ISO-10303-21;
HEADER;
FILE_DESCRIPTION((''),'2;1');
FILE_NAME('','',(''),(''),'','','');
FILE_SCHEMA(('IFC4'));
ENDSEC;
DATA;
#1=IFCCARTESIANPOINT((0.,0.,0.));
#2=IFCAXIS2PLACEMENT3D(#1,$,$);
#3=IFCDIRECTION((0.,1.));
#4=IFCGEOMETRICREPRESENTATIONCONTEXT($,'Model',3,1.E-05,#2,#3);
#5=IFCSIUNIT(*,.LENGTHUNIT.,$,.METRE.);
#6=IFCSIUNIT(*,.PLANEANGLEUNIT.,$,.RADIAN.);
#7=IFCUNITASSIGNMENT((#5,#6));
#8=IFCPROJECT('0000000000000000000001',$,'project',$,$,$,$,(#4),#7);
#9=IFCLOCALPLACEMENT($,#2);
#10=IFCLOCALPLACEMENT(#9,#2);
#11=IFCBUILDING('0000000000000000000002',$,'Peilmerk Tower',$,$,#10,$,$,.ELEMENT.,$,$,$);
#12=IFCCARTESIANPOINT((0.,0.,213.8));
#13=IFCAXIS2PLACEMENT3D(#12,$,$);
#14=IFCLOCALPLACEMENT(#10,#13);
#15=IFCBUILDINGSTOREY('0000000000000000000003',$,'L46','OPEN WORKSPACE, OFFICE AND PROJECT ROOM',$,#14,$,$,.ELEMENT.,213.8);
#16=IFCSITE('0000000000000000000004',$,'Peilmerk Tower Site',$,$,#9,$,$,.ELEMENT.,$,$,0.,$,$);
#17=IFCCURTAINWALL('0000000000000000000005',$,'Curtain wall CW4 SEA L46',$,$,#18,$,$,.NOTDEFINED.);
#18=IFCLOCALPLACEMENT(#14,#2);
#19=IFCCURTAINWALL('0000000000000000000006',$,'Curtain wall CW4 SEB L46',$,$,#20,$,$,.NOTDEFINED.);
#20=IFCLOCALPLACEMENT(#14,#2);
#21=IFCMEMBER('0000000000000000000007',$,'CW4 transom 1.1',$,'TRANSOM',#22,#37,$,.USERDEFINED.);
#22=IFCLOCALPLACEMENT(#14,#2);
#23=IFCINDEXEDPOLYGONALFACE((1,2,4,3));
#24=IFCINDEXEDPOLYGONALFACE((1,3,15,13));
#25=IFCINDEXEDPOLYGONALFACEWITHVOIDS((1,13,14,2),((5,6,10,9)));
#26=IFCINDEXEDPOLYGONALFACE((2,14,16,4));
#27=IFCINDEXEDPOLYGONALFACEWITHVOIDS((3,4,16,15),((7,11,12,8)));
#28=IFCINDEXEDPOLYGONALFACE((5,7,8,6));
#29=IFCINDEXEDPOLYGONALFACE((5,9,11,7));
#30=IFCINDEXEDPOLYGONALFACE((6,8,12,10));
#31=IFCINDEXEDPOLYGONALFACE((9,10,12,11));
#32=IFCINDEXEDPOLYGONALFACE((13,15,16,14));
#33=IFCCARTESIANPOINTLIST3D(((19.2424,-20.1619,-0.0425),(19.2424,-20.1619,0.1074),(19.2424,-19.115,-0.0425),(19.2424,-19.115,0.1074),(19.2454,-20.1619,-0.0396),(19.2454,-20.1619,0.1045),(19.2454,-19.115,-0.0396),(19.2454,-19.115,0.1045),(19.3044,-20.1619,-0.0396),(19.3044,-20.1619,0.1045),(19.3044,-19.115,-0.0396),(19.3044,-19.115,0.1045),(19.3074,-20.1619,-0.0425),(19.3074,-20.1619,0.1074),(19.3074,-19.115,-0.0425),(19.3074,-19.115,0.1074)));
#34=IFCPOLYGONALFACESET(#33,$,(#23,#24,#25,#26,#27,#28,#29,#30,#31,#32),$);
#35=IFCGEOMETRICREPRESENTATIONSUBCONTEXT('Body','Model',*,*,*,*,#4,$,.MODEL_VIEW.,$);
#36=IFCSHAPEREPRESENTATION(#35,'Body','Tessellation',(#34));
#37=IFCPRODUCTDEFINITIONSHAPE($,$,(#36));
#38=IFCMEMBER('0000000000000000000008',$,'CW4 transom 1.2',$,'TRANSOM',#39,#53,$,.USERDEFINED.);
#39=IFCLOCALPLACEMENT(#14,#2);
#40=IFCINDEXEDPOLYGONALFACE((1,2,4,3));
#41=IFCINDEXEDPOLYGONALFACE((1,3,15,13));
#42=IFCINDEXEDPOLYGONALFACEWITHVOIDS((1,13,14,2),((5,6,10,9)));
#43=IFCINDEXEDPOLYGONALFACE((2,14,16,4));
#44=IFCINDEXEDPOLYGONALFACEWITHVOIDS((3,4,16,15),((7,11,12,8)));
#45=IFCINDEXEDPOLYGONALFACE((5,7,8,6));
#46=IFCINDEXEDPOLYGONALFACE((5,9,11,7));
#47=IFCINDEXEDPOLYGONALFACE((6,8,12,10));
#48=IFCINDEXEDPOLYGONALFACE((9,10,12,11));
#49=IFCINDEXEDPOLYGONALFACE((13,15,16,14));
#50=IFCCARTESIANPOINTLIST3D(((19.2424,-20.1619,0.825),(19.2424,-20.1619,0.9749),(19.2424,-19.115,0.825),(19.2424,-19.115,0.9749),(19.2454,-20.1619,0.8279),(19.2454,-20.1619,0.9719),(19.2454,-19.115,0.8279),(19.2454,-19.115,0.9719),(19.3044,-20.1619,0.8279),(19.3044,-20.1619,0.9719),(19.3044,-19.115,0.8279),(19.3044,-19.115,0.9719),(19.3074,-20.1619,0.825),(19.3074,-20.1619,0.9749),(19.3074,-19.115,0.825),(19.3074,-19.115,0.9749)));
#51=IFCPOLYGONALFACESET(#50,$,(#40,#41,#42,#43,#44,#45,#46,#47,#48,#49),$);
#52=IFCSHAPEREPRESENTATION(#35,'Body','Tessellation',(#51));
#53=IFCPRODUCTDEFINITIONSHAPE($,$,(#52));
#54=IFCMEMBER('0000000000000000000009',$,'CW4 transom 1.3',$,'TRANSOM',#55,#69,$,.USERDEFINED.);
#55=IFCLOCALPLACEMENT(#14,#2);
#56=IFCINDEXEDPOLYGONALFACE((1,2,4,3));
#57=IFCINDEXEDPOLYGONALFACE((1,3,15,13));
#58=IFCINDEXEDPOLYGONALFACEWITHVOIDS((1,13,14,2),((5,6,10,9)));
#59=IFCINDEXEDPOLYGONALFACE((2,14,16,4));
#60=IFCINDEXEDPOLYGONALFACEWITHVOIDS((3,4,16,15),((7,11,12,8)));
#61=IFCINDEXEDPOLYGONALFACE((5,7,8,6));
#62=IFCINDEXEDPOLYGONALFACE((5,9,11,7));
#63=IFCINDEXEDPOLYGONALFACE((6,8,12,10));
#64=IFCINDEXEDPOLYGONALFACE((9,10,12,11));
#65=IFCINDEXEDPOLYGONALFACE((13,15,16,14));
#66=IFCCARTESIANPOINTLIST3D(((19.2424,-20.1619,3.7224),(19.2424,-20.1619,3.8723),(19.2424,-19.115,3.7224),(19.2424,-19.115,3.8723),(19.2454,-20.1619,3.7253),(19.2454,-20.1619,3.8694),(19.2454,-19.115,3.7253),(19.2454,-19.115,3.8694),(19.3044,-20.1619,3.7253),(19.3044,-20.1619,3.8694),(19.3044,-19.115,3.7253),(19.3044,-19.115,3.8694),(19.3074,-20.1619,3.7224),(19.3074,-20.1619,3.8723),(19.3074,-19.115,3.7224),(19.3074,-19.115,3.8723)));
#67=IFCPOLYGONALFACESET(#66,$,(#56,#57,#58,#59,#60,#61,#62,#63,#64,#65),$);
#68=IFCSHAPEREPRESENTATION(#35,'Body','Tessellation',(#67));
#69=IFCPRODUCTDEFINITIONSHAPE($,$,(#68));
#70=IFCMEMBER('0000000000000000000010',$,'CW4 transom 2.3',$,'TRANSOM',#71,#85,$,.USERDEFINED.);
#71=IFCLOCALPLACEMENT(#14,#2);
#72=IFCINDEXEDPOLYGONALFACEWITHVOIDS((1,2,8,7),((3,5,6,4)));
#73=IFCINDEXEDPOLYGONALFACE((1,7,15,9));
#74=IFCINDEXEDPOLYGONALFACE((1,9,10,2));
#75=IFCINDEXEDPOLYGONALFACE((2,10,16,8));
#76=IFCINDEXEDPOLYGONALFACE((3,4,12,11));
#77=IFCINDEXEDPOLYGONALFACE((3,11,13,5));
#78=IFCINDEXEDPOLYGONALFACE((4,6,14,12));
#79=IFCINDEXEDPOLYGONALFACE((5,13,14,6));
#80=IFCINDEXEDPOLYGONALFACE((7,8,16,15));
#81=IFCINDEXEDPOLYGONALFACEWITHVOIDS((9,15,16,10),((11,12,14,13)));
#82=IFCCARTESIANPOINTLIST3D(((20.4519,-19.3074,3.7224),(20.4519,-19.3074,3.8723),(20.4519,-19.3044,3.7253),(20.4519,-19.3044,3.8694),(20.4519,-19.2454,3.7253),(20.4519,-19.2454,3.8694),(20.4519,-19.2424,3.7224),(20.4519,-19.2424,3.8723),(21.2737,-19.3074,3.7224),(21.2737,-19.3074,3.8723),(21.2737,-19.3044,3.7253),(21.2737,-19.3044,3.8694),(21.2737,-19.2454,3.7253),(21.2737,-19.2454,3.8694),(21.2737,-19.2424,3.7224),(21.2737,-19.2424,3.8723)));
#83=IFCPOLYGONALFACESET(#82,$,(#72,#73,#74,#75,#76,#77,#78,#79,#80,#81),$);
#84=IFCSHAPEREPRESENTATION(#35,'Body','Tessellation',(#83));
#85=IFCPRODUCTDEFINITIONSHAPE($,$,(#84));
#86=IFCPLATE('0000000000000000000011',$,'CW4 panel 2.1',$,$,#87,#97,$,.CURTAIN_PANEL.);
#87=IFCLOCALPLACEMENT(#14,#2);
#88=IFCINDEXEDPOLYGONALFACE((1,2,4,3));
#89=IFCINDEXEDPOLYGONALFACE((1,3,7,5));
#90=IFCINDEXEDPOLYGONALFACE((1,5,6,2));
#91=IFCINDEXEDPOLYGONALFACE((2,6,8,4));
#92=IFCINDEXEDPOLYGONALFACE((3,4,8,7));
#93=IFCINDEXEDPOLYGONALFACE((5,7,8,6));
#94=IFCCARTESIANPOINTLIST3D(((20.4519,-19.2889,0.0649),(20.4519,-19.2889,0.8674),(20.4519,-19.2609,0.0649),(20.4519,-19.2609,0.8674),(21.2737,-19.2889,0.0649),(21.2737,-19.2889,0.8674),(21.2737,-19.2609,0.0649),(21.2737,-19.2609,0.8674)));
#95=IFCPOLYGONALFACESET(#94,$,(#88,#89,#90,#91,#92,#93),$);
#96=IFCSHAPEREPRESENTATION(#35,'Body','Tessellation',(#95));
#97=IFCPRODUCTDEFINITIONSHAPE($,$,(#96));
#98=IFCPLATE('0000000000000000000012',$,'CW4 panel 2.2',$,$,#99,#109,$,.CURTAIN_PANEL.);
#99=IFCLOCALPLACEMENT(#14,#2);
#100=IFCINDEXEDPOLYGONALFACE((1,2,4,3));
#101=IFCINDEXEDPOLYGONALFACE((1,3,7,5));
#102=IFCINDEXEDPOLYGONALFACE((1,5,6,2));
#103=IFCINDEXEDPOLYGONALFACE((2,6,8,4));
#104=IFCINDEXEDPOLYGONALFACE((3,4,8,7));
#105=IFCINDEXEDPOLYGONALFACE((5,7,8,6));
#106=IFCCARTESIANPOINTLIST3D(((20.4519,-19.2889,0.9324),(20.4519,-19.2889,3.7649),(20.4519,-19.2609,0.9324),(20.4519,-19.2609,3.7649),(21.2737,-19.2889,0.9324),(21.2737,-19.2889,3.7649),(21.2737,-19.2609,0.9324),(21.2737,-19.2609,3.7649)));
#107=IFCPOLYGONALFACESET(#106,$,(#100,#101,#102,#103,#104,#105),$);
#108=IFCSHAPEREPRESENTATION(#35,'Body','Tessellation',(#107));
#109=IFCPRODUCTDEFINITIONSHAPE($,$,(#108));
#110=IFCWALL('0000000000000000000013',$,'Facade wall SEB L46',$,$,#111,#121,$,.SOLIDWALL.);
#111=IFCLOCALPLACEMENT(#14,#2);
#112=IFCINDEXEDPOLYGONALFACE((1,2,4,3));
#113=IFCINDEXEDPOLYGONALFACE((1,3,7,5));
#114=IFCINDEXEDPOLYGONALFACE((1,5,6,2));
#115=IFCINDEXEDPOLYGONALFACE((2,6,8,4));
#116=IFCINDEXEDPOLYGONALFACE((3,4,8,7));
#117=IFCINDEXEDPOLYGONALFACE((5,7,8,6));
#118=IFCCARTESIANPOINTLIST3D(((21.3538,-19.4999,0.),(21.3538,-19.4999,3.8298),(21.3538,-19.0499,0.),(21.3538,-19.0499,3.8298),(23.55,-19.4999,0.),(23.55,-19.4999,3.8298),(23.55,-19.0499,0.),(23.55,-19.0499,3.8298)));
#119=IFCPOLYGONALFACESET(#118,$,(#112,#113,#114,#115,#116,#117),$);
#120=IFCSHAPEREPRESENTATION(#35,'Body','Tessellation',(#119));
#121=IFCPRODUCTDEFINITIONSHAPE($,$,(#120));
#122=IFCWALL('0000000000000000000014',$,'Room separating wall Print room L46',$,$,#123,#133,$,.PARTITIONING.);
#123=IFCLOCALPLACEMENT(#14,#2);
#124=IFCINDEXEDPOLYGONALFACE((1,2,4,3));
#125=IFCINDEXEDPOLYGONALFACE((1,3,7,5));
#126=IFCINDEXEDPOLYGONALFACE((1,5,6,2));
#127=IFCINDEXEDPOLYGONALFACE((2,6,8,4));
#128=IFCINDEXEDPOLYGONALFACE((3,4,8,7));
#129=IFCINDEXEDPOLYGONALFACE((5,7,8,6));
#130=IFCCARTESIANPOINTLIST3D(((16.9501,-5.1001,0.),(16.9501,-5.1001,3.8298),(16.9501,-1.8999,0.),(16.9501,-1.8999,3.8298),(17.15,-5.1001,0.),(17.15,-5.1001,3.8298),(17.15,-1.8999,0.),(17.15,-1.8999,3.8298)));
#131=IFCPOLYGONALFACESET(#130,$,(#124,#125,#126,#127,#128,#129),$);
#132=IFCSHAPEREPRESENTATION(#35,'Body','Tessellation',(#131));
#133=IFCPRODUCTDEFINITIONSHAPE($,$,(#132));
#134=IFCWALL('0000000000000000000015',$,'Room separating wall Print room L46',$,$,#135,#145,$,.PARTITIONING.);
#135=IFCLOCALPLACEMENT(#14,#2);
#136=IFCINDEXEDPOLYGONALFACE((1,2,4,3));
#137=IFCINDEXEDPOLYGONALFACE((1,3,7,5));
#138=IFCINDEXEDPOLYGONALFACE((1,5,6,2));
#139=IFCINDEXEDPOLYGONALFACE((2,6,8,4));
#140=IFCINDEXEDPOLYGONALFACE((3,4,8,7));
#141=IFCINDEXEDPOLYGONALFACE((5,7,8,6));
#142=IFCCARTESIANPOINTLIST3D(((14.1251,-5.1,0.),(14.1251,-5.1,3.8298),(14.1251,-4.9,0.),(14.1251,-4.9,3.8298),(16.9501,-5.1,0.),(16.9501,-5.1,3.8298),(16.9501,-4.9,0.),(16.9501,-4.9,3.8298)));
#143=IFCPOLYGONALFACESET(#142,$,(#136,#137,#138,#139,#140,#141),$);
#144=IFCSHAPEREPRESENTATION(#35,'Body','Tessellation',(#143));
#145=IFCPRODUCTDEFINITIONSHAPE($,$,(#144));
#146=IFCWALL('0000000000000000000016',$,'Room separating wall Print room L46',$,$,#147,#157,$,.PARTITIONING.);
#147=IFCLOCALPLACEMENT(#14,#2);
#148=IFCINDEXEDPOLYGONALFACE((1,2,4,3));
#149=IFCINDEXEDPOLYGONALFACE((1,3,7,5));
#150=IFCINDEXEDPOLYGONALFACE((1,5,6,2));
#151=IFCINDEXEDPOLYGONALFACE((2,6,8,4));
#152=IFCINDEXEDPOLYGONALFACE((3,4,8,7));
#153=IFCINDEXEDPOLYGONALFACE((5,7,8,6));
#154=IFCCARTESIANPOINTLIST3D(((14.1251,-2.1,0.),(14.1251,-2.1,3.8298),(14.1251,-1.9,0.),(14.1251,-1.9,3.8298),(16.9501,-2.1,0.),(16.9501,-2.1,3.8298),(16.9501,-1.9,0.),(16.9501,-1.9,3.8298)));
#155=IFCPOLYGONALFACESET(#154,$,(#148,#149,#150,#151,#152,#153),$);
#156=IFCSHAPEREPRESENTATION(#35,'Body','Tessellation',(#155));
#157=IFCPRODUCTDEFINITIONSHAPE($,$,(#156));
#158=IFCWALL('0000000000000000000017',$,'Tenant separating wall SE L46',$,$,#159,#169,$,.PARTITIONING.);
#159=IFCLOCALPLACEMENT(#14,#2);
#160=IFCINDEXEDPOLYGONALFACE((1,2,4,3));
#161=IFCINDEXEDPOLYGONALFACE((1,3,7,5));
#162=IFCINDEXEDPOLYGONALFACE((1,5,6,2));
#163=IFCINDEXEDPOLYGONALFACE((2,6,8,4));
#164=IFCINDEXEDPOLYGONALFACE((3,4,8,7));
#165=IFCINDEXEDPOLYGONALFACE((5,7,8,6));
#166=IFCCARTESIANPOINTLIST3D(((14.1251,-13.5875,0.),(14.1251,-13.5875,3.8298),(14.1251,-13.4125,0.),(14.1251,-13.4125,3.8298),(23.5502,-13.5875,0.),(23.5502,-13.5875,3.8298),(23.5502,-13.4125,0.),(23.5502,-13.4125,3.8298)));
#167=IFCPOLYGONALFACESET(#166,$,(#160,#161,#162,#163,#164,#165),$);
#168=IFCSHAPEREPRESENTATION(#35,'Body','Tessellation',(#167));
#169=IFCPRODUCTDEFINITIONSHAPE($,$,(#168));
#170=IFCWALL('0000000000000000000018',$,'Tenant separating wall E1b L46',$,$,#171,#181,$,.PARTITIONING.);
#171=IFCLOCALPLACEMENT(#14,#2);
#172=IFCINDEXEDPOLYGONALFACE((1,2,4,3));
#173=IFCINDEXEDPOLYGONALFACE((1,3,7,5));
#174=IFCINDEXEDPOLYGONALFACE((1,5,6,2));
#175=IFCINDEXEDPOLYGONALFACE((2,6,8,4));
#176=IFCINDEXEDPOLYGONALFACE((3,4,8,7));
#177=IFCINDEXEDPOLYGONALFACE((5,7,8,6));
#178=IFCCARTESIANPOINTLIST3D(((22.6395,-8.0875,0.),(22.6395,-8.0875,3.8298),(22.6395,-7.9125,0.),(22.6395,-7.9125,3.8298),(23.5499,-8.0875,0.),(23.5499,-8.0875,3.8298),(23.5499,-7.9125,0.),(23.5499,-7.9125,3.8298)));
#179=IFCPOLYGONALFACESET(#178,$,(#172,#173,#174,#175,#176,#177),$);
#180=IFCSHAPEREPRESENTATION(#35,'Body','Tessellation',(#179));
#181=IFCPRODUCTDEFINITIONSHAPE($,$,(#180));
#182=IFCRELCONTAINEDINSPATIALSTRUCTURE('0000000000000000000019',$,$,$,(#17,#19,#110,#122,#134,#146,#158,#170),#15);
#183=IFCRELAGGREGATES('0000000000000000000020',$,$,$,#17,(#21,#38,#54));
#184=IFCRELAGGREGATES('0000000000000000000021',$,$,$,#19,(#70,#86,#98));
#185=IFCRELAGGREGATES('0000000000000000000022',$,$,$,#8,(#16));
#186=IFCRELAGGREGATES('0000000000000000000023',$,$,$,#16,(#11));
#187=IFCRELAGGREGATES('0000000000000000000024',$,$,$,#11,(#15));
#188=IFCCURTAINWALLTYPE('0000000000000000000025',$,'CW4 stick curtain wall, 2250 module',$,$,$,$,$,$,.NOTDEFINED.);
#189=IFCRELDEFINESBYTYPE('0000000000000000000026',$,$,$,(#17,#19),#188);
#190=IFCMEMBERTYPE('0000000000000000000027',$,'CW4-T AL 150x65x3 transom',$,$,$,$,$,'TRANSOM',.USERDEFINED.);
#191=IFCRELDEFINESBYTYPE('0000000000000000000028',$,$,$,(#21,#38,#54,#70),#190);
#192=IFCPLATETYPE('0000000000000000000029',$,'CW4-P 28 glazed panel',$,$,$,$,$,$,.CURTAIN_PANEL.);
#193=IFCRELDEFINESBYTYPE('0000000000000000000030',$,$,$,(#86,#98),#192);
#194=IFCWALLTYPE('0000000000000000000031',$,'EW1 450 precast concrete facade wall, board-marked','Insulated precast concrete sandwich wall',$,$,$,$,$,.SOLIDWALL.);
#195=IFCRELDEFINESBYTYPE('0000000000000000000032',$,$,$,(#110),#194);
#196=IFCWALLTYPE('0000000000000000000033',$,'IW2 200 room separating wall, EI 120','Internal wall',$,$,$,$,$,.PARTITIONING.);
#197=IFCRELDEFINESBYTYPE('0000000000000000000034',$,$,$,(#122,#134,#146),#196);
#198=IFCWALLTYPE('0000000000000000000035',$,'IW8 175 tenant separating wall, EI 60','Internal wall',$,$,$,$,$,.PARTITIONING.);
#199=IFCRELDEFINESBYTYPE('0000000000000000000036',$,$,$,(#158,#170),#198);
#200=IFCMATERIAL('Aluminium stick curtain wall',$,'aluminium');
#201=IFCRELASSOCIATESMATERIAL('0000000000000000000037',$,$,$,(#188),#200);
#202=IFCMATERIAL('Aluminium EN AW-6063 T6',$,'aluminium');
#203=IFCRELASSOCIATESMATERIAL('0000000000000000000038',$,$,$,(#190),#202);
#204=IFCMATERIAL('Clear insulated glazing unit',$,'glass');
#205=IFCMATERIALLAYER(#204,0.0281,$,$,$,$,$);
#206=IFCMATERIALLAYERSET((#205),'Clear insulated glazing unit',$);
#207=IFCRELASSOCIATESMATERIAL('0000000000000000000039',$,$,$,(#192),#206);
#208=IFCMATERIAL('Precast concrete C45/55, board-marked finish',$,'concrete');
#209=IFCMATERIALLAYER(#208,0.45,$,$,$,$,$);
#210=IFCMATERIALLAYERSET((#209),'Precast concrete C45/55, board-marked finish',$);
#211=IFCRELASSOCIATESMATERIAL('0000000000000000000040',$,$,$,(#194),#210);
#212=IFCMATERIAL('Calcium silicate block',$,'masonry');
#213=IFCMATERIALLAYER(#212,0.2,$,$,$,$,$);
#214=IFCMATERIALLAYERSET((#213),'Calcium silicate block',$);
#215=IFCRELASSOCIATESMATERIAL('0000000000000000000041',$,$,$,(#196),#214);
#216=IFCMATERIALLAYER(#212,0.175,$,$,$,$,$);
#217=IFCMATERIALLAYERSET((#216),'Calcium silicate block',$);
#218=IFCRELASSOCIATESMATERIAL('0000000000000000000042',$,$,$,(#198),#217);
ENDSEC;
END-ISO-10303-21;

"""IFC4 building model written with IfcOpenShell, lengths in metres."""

from ifc_helpers import new_model, si_unit, direction, frame, frame_2d, origin, origin_2d, place, context, subcontext, project, spatial, rectangle, hollow_rectangle, extrude, material, layer, layer_set, material_profile, profile_set, type_object, element, aggregate, save


model = new_model("IFC4")

# Units and contexts
model_context = context("Model", 3, precision=1e-05, world=origin(), true_north=direction((0.0, 1.0)))
body_context = subcontext(model_context, "Body", "Model", "MODEL_VIEW")
ifc_project = project(units=[si_unit("LENGTHUNIT", "METRE"), si_unit("PLANEANGLEUNIT", "RADIAN")], contexts=[model_context])

# Site, building, storey
site_placement = place(None, origin())
site = spatial("IfcSite", under=ifc_project, at=site_placement, Name="Peilmerk Tower Site", CompositionType="ELEMENT", RefElevation=0.0)
building_placement = place(site_placement, origin())
building = spatial("IfcBuilding", under=site, at=building_placement, Name="Peilmerk Tower", CompositionType="ELEMENT")
storey_placement = place(building_placement, frame((0.0, 0.0, 213.8)))
storey = spatial("IfcBuildingStorey", under=building, at=storey_placement, Name="L46", Description="OPEN WORKSPACE, OFFICE AND PROJECT ROOM", CompositionType="ELEMENT", Elevation=213.8)

# Curtain walls
ifc_material_1 = material(Name="Aluminium stick curtain wall", Category="aluminium")
curtain_wall_type = type_object("IfcCurtainWallType", Name="CW4 stick curtain wall, 2250 module", PredefinedType="NOTDEFINED", material=ifc_material_1)
curtain_wall_1_placement = place(storey_placement, origin())
curtain_wall_1 = element("IfcCurtainWall", 1, at=curtain_wall_1_placement, inside=storey, type_object=curtain_wall_type, Name="Curtain wall CW4 SEA L46", PredefinedType="NOTDEFINED")
ifc_material_2 = material(Name="Aluminium EN AW-6063 T6", Category="aluminium")
curtain_wall_2_placement = place(storey_placement, origin())
curtain_wall_2 = element("IfcCurtainWall", 2, at=curtain_wall_2_placement, inside=storey, type_object=curtain_wall_type, Name="Curtain wall CW4 SEB L46", PredefinedType="NOTDEFINED")

# Members
ifc_material_profile_1 = material_profile(ifc_material_2, hollow_rectangle(XDim=0.0649, YDim=0.1499, WallThickness=0.0029, at=origin_2d()), Name="AL 150x65x3")
ifc_profile_set_1 = profile_set([ifc_material_profile_1], Name="Aluminium EN AW-6063 T6")
member_type_1 = type_object("IfcMemberType", Name="CW4-T AL 150x65x3 transom", ElementType="TRANSOM", PredefinedType="USERDEFINED", material=ifc_profile_set_1)
member_1_placement = place(storey_placement, frame((19.2749, -19.115, 0.0325), z_axis=(0.0, -1.0, 0.0), x_axis=(1.0, 0.0, 0.0)))
member_1 = element("IfcMember", 3, at=member_1_placement, type_object=member_type_1, Name="CW4 transom 1.1", ObjectType="TRANSOM", PredefinedType="USERDEFINED", context=body_context, shape_type="SweptSolid", body=[
    extrude(hollow_rectangle(XDim=0.0649, YDim=0.1499, WallThickness=0.0029, at=origin_2d()), origin(), (0.0, 0.0, 1.0), 1.0469),
])
member_2_placement = place(storey_placement, frame((19.2749, -19.115, 0.8999), z_axis=(0.0, -1.0, 0.0), x_axis=(1.0, 0.0, 0.0)))
member_2 = element("IfcMember", 4, at=member_2_placement, type_object=member_type_1, Name="CW4 transom 1.2", ObjectType="TRANSOM", PredefinedType="USERDEFINED", context=body_context, shape_type="SweptSolid", body=[
    extrude(hollow_rectangle(XDim=0.0649, YDim=0.1499, WallThickness=0.0029, at=origin_2d()), origin(), (0.0, 0.0, 1.0), 1.0469),
])
member_3_placement = place(storey_placement, frame((19.2749, -19.115, 3.7974), z_axis=(0.0, -1.0, 0.0), x_axis=(1.0, 0.0, 0.0)))
member_3 = element("IfcMember", 5, at=member_3_placement, type_object=member_type_1, Name="CW4 transom 1.3", ObjectType="TRANSOM", PredefinedType="USERDEFINED", context=body_context, shape_type="SweptSolid", body=[
    extrude(hollow_rectangle(XDim=0.0649, YDim=0.1499, WallThickness=0.0029, at=origin_2d()), origin(), (0.0, 0.0, 1.0), 1.0469),
])
aggregate(curtain_wall_1, [member_1, member_2, member_3])
member_4_placement = place(storey_placement, frame((20.4519, -19.2749, 3.7974), z_axis=(1.0, 0.0, 0.0), x_axis=(0.0, 1.0, 0.0)))
member_4 = element("IfcMember", 6, at=member_4_placement, type_object=member_type_1, Name="CW4 transom 2.3", ObjectType="TRANSOM", PredefinedType="USERDEFINED", context=body_context, shape_type="SweptSolid", body=[
    extrude(hollow_rectangle(XDim=0.0649, YDim=0.1499, WallThickness=0.0029, at=origin_2d()), origin(), (0.0, 0.0, 1.0), 0.8218),
])

# Plates
ifc_material_3 = material(Name="Clear insulated glazing unit", Category="glass")
ifc_layer_1 = layer(ifc_material_3, 0.0281)
ifc_layer_set_1 = layer_set([ifc_layer_1], Name="Clear insulated glazing unit")
plate_type = type_object("IfcPlateType", Name="CW4-P 28 glazed panel", PredefinedType="CURTAIN_PANEL", material=ifc_layer_set_1)
plate_1_placement = place(storey_placement, frame((20.8628, -19.2749, 0.0649), z_axis=(0.0, 0.0, 1.0), x_axis=(1.0, 0.0, 0.0)))
plate_1 = element("IfcPlate", 7, at=plate_1_placement, type_object=plate_type, Name="CW4 panel 2.1", PredefinedType="CURTAIN_PANEL", context=body_context, shape_type="SweptSolid", body=[
    extrude(rectangle(XDim=0.8218, YDim=0.0281, at=origin_2d()), origin(), (0.0, 0.0, 1.0), 0.8025),
])
plate_2_placement = place(storey_placement, frame((20.8628, -19.2749, 0.9324), z_axis=(0.0, 0.0, 1.0), x_axis=(1.0, 0.0, 0.0)))
plate_2 = element("IfcPlate", 8, at=plate_2_placement, type_object=plate_type, Name="CW4 panel 2.2", PredefinedType="CURTAIN_PANEL", context=body_context, shape_type="SweptSolid", body=[
    extrude(rectangle(XDim=0.8218, YDim=0.0281, at=origin_2d()), origin(), (0.0, 0.0, 1.0), 2.8325),
])
aggregate(curtain_wall_2, [member_4, plate_1, plate_2])

# Walls
ifc_material_4 = material(Name="Precast concrete C45/55, board-marked finish", Category="concrete")
ifc_layer_2 = layer(ifc_material_4, 0.45)
ifc_layer_set_2 = layer_set([ifc_layer_2], Name="Precast concrete C45/55, board-marked finish")
wall_type_1 = type_object("IfcWallType", Name="EW1 450 precast concrete facade wall, board-marked", Description="Insulated precast concrete sandwich wall", PredefinedType="SOLIDWALL", material=ifc_layer_set_2)
wall_1_placement = place(storey_placement, frame((21.3538, -19.2749, 0.0), z_axis=(0.0, 0.0, 1.0), x_axis=(1.0, 0.0, 0.0)))
element("IfcWall", 9, at=wall_1_placement, inside=storey, type_object=wall_type_1, Name="Facade wall SEB L46", PredefinedType="SOLIDWALL", context=body_context, shape_type="SweptSolid", body=[
    extrude(rectangle(XDim=2.1963, YDim=0.45, at=frame_2d((1.0981, 0.0))), origin(), (0.0, 0.0, 1.0), 3.8298),
])
ifc_material_5 = material(Name="Calcium silicate block", Category="masonry")
ifc_layer_3 = layer(ifc_material_5, 0.2)
ifc_layer_set_3 = layer_set([ifc_layer_3], Name="Calcium silicate block")
wall_type_2 = type_object("IfcWallType", Name="IW2 200 room separating wall, EI 120", Description="Internal wall", PredefinedType="PARTITIONING", material=ifc_layer_set_3)
wall_2_placement = place(storey_placement, frame((17.05, -5.1001, 0.0), z_axis=(0.0, 0.0, 1.0), x_axis=(0.0, 1.0, 0.0)))
element("IfcWall", 10, at=wall_2_placement, inside=storey, type_object=wall_type_2, Name="Room separating wall Print room L46", PredefinedType="PARTITIONING", context=body_context, shape_type="SweptSolid", body=[
    extrude(rectangle(XDim=3.2002, YDim=0.2, at=frame_2d((1.6001, 0.0))), origin(), (0.0, 0.0, 1.0), 3.8298),
])
for number, where, z_axis, x_axis, name in (
    (11, (14.125, -5.0, 0.0), (0.0, 0.0, 1.0), (1.0, 0.0, 0.0), "Room separating wall Print room L46"),
    (12, (14.125, -2.0, 0.0), (0.0, 0.0, 1.0), (1.0, 0.0, 0.0), "Room separating wall Print room L46"),
):
    element("IfcWall", number, at=place(storey_placement, frame(where, z_axis=z_axis, x_axis=x_axis)), inside=storey, type_object=wall_type_2, Name=name, PredefinedType="PARTITIONING", context=body_context, shape_type="SweptSolid", body=[
        extrude(rectangle(XDim=2.825, YDim=0.2, at=frame_2d((1.4126, 0.0))), origin(), (0.0, 0.0, 1.0), 3.8298),
    ])
ifc_layer_4 = layer(ifc_material_5, 0.175)
ifc_layer_set_4 = layer_set([ifc_layer_4], Name="Calcium silicate block")
wall_type_3 = type_object("IfcWallType", Name="IW8 175 tenant separating wall, EI 60", Description="Internal wall", PredefinedType="PARTITIONING", material=ifc_layer_set_4)
wall_3_placement = place(storey_placement, frame((23.55, -13.5, 0.0), z_axis=(0.0, 0.0, 1.0), x_axis=(-1.0, 0.0, 0.0)))
element("IfcWall", 13, at=wall_3_placement, inside=storey, type_object=wall_type_3, Name="Tenant separating wall SE L46", PredefinedType="PARTITIONING", context=body_context, shape_type="SweptSolid", body=[
    extrude(rectangle(XDim=9.425, YDim=0.175, at=frame_2d((4.7124, 0.0))), origin(), (0.0, 0.0, 1.0), 3.8298),
])
wall_4_placement = place(storey_placement, frame((22.6396, -8.0, 0.0), z_axis=(0.0, 0.0, 1.0), x_axis=(1.0, 0.0, 0.0)))
element("IfcWall", 14, at=wall_4_placement, inside=storey, type_object=wall_type_3, Name="Tenant separating wall E1b L46", PredefinedType="PARTITIONING", context=body_context, shape_type="SweptSolid", body=[
    extrude(rectangle(XDim=0.9104, YDim=0.175, at=frame_2d((0.4551, 0.0))), origin(), (0.0, 0.0, 1.0), 3.8298),
])

save(model, "model.ifc")
